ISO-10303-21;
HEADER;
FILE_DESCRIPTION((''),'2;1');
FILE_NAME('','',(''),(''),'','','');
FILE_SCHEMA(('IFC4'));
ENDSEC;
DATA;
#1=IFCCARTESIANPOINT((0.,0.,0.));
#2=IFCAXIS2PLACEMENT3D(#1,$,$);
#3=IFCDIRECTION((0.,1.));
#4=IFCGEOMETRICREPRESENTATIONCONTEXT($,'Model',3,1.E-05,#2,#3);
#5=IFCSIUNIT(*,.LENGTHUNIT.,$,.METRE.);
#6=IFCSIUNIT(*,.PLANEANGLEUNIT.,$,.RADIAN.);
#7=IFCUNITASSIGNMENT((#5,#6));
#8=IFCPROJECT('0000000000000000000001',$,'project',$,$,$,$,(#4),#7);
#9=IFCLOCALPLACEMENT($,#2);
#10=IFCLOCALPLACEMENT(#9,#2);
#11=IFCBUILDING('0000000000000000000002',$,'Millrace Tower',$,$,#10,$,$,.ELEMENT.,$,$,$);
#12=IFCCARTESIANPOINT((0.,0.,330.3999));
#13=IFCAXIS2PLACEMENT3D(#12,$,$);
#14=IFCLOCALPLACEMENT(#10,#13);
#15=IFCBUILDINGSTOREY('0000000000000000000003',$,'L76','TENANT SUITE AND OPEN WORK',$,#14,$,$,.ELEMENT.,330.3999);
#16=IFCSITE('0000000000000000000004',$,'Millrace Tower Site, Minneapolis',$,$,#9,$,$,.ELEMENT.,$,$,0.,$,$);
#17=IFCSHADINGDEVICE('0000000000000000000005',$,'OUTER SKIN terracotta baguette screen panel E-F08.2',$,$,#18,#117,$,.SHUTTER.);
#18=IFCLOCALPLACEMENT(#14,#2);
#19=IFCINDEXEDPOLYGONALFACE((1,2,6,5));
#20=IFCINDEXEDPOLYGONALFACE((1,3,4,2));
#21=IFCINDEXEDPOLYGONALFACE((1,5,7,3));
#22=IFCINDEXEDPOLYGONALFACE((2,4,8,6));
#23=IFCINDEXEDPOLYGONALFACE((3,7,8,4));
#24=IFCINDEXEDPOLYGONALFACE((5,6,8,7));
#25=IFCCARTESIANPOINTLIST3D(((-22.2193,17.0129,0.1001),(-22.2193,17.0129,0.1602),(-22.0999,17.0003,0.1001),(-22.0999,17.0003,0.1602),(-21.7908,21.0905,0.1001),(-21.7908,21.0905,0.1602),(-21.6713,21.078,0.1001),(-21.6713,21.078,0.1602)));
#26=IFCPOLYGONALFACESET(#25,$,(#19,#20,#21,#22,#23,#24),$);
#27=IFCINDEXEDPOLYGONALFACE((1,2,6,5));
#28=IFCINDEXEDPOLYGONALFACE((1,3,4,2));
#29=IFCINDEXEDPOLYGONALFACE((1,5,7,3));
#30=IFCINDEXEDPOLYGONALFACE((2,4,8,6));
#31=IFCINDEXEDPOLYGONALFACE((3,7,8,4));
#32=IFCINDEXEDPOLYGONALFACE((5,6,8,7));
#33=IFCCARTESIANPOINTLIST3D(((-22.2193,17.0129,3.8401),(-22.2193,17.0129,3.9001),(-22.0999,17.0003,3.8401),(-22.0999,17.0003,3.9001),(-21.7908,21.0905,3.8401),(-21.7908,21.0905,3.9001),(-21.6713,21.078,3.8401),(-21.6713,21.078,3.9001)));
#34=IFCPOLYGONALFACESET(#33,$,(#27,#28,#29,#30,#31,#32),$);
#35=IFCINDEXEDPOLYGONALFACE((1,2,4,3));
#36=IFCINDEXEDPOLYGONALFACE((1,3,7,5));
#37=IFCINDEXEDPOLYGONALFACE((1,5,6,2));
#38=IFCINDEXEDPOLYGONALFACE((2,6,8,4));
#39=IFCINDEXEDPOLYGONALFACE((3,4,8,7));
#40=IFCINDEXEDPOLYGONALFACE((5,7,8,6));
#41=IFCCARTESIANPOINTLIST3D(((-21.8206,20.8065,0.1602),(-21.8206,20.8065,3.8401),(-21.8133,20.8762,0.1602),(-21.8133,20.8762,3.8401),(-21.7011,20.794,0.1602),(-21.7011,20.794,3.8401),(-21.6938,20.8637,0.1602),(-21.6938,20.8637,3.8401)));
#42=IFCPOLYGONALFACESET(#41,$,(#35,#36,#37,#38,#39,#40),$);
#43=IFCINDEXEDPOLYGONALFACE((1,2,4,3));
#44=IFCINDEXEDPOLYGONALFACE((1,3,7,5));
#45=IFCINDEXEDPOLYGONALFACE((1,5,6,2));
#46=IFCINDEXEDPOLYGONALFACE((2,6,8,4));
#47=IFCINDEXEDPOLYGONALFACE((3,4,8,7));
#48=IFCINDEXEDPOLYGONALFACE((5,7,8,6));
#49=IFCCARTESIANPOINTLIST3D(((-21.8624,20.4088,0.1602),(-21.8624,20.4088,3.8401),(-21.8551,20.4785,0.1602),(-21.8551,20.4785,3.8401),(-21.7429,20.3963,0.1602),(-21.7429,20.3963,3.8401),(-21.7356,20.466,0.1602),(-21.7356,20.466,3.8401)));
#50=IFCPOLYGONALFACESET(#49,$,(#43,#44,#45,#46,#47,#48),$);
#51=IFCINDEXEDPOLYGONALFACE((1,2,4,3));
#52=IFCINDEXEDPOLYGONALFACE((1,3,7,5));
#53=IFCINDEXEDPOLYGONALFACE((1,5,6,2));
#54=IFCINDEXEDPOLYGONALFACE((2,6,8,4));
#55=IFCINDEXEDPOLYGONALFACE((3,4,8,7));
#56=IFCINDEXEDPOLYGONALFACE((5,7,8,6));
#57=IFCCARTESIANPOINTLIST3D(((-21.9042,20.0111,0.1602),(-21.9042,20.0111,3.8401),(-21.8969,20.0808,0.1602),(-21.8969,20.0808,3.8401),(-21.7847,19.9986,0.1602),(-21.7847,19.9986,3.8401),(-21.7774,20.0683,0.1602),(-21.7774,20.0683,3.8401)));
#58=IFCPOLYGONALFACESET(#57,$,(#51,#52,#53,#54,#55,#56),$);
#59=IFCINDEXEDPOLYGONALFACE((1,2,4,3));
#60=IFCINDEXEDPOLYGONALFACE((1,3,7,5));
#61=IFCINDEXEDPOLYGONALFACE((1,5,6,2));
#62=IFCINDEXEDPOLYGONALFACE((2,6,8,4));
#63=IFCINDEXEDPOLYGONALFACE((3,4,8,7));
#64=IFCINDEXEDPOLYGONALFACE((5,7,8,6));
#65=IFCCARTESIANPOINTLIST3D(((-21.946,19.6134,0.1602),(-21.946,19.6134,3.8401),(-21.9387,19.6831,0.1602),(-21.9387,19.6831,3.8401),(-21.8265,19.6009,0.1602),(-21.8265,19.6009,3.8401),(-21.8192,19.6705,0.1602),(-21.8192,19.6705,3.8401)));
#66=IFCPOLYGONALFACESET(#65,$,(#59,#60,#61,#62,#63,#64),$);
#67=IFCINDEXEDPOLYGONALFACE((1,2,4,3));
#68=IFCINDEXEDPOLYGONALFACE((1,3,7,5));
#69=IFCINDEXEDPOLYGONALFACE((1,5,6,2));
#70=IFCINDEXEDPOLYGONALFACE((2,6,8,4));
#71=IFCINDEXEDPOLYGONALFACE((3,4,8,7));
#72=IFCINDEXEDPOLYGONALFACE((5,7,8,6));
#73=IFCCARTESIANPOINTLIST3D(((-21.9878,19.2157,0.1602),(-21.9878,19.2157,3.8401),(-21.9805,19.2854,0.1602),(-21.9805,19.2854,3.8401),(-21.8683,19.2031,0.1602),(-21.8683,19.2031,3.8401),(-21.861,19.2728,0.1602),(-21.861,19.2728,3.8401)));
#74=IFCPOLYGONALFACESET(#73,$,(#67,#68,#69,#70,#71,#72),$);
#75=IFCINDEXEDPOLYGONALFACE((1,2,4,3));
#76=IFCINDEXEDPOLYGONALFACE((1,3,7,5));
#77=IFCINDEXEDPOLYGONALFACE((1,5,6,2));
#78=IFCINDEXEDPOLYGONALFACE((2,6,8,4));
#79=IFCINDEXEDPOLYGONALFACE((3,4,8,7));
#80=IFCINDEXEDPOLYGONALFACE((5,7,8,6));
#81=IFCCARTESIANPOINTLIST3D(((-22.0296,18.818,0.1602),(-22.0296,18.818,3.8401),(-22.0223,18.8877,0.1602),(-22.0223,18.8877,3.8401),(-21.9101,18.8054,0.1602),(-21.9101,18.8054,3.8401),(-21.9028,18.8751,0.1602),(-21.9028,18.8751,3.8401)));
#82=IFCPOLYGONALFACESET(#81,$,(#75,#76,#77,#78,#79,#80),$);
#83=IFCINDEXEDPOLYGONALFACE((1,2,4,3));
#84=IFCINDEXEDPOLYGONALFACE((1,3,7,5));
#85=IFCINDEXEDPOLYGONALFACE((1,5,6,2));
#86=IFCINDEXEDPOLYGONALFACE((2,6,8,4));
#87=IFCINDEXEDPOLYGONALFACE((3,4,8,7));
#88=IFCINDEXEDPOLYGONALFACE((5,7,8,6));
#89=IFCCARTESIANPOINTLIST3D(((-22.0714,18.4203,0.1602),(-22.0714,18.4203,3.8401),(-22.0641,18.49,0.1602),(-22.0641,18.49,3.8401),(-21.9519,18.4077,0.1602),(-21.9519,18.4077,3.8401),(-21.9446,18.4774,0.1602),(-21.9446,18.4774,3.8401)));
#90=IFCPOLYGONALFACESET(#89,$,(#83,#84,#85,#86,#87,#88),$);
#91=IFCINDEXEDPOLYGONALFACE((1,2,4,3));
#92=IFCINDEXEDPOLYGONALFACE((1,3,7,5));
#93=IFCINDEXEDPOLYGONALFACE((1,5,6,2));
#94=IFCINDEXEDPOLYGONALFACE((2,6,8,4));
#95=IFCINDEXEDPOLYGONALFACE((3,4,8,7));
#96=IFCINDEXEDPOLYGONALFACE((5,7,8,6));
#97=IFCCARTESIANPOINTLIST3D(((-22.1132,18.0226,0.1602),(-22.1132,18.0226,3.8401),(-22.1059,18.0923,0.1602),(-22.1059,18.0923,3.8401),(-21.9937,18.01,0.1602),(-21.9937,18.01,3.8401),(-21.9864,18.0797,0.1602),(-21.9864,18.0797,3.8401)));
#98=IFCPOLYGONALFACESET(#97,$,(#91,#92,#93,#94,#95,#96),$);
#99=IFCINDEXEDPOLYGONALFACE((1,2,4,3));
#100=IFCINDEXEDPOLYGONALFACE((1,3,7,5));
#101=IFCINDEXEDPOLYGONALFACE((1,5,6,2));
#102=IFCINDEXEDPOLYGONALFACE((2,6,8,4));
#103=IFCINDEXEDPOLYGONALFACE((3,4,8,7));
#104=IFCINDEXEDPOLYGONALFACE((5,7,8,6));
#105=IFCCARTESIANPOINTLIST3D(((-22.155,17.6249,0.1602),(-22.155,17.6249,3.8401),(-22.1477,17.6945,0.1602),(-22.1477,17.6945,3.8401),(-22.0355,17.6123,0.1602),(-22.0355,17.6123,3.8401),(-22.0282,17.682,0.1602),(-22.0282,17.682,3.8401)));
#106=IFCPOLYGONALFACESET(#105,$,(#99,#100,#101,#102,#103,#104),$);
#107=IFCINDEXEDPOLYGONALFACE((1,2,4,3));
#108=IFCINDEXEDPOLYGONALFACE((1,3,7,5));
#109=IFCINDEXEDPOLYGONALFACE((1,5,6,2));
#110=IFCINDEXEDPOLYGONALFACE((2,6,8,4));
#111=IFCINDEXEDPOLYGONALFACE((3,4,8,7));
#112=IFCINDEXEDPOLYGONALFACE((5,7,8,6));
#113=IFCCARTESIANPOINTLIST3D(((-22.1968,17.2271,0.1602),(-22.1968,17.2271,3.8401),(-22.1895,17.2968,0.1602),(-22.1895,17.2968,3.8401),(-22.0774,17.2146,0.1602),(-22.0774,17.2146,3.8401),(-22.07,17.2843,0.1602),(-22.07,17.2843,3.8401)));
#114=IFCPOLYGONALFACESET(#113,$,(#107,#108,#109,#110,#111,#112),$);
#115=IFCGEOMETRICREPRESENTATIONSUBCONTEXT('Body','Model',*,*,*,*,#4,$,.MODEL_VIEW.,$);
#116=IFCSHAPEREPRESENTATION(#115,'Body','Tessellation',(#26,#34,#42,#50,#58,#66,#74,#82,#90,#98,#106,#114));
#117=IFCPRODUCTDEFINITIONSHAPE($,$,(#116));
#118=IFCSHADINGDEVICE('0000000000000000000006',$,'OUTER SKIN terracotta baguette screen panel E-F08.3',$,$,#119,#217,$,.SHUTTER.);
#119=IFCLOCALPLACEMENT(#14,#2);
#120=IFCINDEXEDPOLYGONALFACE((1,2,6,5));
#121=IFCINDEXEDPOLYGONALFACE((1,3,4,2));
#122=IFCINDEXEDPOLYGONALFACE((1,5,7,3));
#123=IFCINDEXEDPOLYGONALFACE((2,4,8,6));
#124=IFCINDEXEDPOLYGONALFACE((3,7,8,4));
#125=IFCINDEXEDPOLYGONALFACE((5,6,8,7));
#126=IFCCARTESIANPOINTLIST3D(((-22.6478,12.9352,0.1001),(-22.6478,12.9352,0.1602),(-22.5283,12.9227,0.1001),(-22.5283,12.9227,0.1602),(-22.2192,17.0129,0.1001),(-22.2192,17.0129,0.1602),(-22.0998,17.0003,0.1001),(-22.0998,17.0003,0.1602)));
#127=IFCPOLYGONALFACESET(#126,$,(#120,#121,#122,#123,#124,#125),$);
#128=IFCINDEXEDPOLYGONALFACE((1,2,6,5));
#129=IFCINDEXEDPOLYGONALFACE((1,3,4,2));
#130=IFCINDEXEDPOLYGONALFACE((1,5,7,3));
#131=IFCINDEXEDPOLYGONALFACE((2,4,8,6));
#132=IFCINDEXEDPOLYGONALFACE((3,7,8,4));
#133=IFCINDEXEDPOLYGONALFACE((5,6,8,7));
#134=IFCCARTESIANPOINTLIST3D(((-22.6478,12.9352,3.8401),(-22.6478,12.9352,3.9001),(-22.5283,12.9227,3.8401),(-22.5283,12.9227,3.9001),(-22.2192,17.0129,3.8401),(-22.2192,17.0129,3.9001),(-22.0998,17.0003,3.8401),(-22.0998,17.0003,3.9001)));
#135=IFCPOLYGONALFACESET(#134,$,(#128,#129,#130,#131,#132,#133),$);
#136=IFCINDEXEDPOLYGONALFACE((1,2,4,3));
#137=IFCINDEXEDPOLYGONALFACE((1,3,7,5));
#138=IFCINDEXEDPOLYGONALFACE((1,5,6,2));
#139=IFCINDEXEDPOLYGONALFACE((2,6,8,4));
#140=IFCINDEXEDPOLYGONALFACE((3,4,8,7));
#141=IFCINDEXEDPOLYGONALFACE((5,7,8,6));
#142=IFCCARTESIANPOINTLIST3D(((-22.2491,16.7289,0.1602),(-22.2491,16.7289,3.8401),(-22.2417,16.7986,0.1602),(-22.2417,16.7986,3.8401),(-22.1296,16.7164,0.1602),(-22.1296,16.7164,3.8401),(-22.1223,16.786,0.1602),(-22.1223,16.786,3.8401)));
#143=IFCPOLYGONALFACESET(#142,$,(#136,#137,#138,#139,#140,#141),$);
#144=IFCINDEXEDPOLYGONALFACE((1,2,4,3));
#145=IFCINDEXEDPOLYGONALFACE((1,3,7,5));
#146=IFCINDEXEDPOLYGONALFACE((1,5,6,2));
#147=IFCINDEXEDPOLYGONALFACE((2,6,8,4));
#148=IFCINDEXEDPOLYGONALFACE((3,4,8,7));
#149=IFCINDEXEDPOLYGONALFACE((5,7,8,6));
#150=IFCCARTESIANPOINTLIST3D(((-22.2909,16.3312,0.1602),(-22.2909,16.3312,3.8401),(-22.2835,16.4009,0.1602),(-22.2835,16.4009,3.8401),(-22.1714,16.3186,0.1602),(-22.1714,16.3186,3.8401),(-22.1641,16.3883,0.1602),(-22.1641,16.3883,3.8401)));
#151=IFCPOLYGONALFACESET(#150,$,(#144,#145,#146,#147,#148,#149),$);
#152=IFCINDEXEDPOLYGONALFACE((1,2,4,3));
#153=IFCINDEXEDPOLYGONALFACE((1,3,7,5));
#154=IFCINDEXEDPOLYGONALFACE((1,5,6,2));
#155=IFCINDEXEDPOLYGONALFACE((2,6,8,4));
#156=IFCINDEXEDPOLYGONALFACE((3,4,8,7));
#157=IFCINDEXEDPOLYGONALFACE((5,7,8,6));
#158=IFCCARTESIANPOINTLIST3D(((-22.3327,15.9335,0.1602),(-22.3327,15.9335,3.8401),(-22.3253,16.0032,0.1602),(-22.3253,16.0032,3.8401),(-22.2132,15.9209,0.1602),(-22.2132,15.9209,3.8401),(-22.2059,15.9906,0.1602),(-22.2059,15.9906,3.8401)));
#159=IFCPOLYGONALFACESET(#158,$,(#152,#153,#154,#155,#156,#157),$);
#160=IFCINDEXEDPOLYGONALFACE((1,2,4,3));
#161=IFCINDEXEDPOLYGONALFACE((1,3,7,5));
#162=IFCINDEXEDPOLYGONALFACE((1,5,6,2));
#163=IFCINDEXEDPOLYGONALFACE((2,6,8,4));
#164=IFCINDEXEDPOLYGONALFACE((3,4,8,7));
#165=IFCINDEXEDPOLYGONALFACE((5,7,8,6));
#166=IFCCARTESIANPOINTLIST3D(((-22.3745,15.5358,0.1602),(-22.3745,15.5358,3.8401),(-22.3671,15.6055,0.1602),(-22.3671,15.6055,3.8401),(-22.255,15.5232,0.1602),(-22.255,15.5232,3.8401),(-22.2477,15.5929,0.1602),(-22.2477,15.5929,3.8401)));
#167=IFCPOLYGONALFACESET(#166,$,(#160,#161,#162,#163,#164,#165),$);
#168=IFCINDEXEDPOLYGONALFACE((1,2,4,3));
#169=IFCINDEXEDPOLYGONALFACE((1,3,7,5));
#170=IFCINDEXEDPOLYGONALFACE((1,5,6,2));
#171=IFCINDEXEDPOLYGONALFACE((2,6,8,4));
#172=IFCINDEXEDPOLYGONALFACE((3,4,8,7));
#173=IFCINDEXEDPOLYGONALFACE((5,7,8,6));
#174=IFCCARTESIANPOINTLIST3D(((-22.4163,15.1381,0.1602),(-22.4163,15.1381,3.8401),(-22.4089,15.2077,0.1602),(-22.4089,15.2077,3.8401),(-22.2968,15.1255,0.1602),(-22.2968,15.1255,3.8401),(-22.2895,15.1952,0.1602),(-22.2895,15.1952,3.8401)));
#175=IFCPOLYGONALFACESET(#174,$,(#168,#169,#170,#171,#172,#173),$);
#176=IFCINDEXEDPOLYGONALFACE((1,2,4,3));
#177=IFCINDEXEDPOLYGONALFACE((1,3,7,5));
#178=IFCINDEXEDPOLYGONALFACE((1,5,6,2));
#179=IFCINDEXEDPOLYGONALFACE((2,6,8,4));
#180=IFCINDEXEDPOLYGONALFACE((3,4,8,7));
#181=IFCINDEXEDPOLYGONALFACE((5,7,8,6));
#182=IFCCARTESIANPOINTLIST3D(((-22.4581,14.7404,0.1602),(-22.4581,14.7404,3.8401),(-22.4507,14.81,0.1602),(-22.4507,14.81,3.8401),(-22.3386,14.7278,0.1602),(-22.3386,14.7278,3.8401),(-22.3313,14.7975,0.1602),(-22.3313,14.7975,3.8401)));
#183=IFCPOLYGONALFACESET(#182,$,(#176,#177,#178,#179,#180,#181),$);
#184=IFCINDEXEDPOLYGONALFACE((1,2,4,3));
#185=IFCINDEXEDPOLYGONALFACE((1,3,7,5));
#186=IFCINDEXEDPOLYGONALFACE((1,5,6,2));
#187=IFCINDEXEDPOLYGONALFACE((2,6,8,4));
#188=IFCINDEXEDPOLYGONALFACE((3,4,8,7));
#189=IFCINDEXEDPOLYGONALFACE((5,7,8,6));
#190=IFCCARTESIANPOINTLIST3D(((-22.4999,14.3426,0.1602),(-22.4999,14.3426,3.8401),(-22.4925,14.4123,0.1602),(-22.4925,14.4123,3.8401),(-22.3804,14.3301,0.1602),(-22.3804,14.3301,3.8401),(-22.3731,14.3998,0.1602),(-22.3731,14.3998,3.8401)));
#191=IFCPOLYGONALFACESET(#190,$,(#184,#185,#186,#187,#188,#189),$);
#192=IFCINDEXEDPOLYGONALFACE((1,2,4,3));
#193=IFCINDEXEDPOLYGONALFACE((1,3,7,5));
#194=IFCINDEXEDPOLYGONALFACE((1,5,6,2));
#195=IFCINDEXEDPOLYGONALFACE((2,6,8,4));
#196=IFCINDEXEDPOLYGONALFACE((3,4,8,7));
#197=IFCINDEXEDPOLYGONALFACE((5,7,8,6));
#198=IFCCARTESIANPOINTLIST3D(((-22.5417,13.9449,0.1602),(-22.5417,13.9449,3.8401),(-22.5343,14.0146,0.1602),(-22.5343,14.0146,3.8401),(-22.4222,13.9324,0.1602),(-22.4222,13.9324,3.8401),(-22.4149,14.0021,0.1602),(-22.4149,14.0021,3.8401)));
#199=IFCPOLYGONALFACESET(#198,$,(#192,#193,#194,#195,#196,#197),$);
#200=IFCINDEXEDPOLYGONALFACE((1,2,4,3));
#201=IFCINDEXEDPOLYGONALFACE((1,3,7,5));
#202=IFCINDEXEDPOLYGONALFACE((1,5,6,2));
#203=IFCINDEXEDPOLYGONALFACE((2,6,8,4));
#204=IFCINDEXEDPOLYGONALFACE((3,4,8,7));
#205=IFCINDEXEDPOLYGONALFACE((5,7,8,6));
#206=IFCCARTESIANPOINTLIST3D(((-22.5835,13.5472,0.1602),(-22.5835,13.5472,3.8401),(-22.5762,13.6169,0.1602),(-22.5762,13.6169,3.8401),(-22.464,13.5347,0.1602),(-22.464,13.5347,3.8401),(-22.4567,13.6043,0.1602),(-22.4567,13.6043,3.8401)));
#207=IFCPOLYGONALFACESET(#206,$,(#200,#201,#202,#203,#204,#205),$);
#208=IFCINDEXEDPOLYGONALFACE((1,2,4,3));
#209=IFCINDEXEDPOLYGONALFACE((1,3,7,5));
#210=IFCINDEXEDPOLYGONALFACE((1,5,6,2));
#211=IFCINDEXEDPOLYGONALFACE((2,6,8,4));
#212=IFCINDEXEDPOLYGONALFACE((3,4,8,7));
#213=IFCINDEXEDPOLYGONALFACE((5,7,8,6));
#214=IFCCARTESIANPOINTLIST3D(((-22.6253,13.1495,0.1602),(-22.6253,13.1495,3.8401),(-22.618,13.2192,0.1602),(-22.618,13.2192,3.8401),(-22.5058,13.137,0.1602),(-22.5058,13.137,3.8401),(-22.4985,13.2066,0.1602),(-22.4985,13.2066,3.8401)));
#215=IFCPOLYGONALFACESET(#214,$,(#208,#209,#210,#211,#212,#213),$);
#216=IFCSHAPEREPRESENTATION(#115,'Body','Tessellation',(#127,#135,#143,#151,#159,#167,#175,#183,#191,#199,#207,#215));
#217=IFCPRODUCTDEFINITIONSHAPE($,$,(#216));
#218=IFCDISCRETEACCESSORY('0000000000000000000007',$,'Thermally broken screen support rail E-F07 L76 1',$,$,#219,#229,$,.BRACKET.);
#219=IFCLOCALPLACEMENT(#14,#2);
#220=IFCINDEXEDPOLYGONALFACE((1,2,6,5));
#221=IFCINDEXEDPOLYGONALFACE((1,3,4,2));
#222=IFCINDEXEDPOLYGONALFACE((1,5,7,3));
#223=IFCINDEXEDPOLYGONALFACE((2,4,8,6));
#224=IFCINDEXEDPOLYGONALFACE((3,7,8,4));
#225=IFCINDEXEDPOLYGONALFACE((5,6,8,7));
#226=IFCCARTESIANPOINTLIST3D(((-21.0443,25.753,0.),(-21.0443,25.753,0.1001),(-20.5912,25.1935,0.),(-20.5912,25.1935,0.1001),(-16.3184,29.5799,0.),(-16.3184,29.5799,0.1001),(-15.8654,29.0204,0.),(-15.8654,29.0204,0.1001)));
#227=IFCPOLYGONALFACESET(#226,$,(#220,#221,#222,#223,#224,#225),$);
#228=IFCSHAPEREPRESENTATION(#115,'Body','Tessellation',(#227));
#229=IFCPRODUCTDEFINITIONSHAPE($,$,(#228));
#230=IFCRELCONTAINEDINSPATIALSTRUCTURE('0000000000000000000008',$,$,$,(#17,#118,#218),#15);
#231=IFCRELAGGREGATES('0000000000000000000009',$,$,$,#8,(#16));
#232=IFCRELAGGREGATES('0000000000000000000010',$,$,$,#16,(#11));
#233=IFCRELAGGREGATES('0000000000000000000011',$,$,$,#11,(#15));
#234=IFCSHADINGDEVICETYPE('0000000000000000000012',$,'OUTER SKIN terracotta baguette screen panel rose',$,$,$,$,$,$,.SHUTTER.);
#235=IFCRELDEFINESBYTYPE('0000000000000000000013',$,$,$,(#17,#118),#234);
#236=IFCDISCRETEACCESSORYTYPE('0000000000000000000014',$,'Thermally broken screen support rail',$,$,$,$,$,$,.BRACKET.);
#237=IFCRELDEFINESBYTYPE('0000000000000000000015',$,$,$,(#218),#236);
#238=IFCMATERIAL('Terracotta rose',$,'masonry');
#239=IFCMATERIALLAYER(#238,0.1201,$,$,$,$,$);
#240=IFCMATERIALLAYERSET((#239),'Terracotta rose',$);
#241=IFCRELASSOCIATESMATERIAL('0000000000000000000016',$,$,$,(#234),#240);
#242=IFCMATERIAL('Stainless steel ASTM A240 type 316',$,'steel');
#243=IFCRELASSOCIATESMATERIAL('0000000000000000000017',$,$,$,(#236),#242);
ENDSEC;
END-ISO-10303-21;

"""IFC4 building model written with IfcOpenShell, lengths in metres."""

from ifc_helpers import new_model, entity, si_unit, direction, frame, frame_2d, origin, origin_2d, place, context, subcontext, project, spatial, rectangle, extrude, source, transform, mapped, material, layer, layer_set, type_object, element, save


model = new_model("IFC4")

# Units and contexts
model_context = context("Model", 3, precision=1e-05, world=origin(), true_north=direction((0.0, 1.0)))
body_context = subcontext(model_context, "Body", "Model", "MODEL_VIEW")
ifc_project = project(units=[si_unit("LENGTHUNIT", "METRE"), si_unit("PLANEANGLEUNIT", "RADIAN")], contexts=[model_context])

# Site, building, storey
site_placement = place(None, origin())
site = spatial("IfcSite", under=ifc_project, at=site_placement, Name="Millrace Tower Site, Minneapolis", CompositionType="ELEMENT", RefElevation=0.0)
building_placement = place(site_placement, origin())
building = spatial("IfcBuilding", under=site, at=building_placement, Name="Millrace Tower", CompositionType="ELEMENT")
storey_placement = place(building_placement, frame((0.0, 0.0, 330.3999)))
storey = spatial("IfcBuildingStorey", under=building, at=storey_placement, Name="L76", Description="TENANT SUITE AND OPEN WORK", CompositionType="ELEMENT", Elevation=330.3999)

# Shading devices
ifc_material_1 = material(Name="Terracotta rose", Category="masonry")
ifc_layer_1 = layer(ifc_material_1, 0.1201)
ifc_layer_set_1 = layer_set([ifc_layer_1], Name="Terracotta rose")
shading_device_type = type_object("IfcShadingDeviceType", Name="OUTER SKIN terracotta baguette screen panel rose", PredefinedType="SHUTTER", material=ifc_layer_set_1)
cartesian_point_1 = entity("IfcCartesianPoint", [-2.05, 0.0601])
shared_polyline_1 = entity("IfcPolyline", [cartesian_point_1, entity("IfcCartesianPoint", [2.05, 0.0601]), entity("IfcCartesianPoint", [2.05, -0.0601]), entity("IfcCartesianPoint", [-2.05, -0.0601]), cartesian_point_1])
shared_shape_1 = source(origin(), body_context, "Body", "SweptSolid", [
    entity("IfcExtrudedAreaSolid", entity("IfcArbitraryClosedProfileDef", "AREA", None, shared_polyline_1), entity("IfcAxis2Placement3D", entity("IfcCartesianPoint", [0.0, 0.0, 0.0])), entity("IfcDirection", [0.0, 0.0, 1.0]), 0.0601),
    entity("IfcExtrudedAreaSolid", entity("IfcArbitraryClosedProfileDef", "AREA", None, shared_polyline_1), entity("IfcAxis2Placement3D", entity("IfcCartesianPoint", [0.0, 0.0, 3.74])), entity("IfcDirection", [0.0, 0.0, 1.0]), 0.0601),
    extrude(rectangle(XDim=0.0701, YDim=0.1201, at=frame_2d((-1.7996, 0.0))), frame((0.0, 0.0, 0.0601)), (0.0, 0.0, 1.0), 3.6799),
    extrude(rectangle(XDim=0.0701, YDim=0.1201, at=frame_2d((-1.3997, 0.0))), frame((0.0, 0.0, 0.0601)), (0.0, 0.0, 1.0), 3.6799),
    extrude(rectangle(XDim=0.0701, YDim=0.1201, at=frame_2d((-0.9998, 0.0))), frame((0.0, 0.0, 0.0601)), (0.0, 0.0, 1.0), 3.6799),
    extrude(rectangle(XDim=0.0701, YDim=0.1201, at=frame_2d((-0.5999, 0.0))), frame((0.0, 0.0, 0.0601)), (0.0, 0.0, 1.0), 3.6799),
    extrude(rectangle(XDim=0.0701, YDim=0.1201, at=frame_2d((-0.2, 0.0))), frame((0.0, 0.0, 0.0601)), (0.0, 0.0, 1.0), 3.6799),
    extrude(rectangle(XDim=0.0701, YDim=0.1201, at=frame_2d((0.2, 0.0))), frame((0.0, 0.0, 0.0601)), (0.0, 0.0, 1.0), 3.6799),
    extrude(rectangle(XDim=0.0701, YDim=0.1201, at=frame_2d((0.5999, 0.0))), frame((0.0, 0.0, 0.0601)), (0.0, 0.0, 1.0), 3.6799),
    extrude(rectangle(XDim=0.0701, YDim=0.1201, at=frame_2d((0.9998, 0.0))), frame((0.0, 0.0, 0.0601)), (0.0, 0.0, 1.0), 3.6799),
    extrude(rectangle(XDim=0.0701, YDim=0.1201, at=frame_2d((1.3997, 0.0))), frame((0.0, 0.0, 0.0601)), (0.0, 0.0, 1.0), 3.6799),
    extrude(rectangle(XDim=0.0701, YDim=0.1201, at=frame_2d((1.7996, 0.0))), frame((0.0, 0.0, 0.0601)), (0.0, 0.0, 1.0), 3.6799),
])
for number, where, z_axis, x_axis, name in (
    (1, (-21.9453, 19.0454, 0.1001), (0.0, 0.0, 1.0), (-0.104528, -0.994522, 0.0), "OUTER SKIN terracotta baguette screen panel E-F08.2"),
    (2, (-22.3738, 14.9678, 0.1001), (0.0, 0.0, 1.0), (-0.104528, -0.994522, 0.0), "OUTER SKIN terracotta baguette screen panel E-F08.3"),
):
    element("IfcShadingDevice", number, at=place(storey_placement, frame(where, z_axis=z_axis, x_axis=x_axis)), inside=storey, type_object=shading_device_type, Name=name, PredefinedType="SHUTTER", context=body_context, shape_type="MappedRepresentation", body=[
        mapped(shared_shape_1, transform((0.0, 0.0, 0.0), scale=1.0)),
    ])

# Discrete accessory
ifc_material_2 = material(Name="Stainless steel ASTM A240 type 316", Category="steel")
discrete_accessory_type = type_object("IfcDiscreteAccessoryType", Name="Thermally broken screen support rail", PredefinedType="BRACKET", material=ifc_material_2)
discrete_accessory_placement = place(storey_placement, frame((-18.4548, 27.3867, 0.0), z_axis=(0.0, 0.0, 1.0), x_axis=(-0.777146, -0.62932, 0.0)))
element("IfcDiscreteAccessory", 3, at=discrete_accessory_placement, inside=storey, type_object=discrete_accessory_type, Name="Thermally broken screen support rail E-F07 L76 1", PredefinedType="BRACKET", context=body_context, shape_type="SweptSolid", body=[
    extrude(rectangle(XDim=6.0811, YDim=0.72, at=origin_2d()), origin(), (0.0, 0.0, 1.0), 0.1001),
])

save(model, "model.ifc")
